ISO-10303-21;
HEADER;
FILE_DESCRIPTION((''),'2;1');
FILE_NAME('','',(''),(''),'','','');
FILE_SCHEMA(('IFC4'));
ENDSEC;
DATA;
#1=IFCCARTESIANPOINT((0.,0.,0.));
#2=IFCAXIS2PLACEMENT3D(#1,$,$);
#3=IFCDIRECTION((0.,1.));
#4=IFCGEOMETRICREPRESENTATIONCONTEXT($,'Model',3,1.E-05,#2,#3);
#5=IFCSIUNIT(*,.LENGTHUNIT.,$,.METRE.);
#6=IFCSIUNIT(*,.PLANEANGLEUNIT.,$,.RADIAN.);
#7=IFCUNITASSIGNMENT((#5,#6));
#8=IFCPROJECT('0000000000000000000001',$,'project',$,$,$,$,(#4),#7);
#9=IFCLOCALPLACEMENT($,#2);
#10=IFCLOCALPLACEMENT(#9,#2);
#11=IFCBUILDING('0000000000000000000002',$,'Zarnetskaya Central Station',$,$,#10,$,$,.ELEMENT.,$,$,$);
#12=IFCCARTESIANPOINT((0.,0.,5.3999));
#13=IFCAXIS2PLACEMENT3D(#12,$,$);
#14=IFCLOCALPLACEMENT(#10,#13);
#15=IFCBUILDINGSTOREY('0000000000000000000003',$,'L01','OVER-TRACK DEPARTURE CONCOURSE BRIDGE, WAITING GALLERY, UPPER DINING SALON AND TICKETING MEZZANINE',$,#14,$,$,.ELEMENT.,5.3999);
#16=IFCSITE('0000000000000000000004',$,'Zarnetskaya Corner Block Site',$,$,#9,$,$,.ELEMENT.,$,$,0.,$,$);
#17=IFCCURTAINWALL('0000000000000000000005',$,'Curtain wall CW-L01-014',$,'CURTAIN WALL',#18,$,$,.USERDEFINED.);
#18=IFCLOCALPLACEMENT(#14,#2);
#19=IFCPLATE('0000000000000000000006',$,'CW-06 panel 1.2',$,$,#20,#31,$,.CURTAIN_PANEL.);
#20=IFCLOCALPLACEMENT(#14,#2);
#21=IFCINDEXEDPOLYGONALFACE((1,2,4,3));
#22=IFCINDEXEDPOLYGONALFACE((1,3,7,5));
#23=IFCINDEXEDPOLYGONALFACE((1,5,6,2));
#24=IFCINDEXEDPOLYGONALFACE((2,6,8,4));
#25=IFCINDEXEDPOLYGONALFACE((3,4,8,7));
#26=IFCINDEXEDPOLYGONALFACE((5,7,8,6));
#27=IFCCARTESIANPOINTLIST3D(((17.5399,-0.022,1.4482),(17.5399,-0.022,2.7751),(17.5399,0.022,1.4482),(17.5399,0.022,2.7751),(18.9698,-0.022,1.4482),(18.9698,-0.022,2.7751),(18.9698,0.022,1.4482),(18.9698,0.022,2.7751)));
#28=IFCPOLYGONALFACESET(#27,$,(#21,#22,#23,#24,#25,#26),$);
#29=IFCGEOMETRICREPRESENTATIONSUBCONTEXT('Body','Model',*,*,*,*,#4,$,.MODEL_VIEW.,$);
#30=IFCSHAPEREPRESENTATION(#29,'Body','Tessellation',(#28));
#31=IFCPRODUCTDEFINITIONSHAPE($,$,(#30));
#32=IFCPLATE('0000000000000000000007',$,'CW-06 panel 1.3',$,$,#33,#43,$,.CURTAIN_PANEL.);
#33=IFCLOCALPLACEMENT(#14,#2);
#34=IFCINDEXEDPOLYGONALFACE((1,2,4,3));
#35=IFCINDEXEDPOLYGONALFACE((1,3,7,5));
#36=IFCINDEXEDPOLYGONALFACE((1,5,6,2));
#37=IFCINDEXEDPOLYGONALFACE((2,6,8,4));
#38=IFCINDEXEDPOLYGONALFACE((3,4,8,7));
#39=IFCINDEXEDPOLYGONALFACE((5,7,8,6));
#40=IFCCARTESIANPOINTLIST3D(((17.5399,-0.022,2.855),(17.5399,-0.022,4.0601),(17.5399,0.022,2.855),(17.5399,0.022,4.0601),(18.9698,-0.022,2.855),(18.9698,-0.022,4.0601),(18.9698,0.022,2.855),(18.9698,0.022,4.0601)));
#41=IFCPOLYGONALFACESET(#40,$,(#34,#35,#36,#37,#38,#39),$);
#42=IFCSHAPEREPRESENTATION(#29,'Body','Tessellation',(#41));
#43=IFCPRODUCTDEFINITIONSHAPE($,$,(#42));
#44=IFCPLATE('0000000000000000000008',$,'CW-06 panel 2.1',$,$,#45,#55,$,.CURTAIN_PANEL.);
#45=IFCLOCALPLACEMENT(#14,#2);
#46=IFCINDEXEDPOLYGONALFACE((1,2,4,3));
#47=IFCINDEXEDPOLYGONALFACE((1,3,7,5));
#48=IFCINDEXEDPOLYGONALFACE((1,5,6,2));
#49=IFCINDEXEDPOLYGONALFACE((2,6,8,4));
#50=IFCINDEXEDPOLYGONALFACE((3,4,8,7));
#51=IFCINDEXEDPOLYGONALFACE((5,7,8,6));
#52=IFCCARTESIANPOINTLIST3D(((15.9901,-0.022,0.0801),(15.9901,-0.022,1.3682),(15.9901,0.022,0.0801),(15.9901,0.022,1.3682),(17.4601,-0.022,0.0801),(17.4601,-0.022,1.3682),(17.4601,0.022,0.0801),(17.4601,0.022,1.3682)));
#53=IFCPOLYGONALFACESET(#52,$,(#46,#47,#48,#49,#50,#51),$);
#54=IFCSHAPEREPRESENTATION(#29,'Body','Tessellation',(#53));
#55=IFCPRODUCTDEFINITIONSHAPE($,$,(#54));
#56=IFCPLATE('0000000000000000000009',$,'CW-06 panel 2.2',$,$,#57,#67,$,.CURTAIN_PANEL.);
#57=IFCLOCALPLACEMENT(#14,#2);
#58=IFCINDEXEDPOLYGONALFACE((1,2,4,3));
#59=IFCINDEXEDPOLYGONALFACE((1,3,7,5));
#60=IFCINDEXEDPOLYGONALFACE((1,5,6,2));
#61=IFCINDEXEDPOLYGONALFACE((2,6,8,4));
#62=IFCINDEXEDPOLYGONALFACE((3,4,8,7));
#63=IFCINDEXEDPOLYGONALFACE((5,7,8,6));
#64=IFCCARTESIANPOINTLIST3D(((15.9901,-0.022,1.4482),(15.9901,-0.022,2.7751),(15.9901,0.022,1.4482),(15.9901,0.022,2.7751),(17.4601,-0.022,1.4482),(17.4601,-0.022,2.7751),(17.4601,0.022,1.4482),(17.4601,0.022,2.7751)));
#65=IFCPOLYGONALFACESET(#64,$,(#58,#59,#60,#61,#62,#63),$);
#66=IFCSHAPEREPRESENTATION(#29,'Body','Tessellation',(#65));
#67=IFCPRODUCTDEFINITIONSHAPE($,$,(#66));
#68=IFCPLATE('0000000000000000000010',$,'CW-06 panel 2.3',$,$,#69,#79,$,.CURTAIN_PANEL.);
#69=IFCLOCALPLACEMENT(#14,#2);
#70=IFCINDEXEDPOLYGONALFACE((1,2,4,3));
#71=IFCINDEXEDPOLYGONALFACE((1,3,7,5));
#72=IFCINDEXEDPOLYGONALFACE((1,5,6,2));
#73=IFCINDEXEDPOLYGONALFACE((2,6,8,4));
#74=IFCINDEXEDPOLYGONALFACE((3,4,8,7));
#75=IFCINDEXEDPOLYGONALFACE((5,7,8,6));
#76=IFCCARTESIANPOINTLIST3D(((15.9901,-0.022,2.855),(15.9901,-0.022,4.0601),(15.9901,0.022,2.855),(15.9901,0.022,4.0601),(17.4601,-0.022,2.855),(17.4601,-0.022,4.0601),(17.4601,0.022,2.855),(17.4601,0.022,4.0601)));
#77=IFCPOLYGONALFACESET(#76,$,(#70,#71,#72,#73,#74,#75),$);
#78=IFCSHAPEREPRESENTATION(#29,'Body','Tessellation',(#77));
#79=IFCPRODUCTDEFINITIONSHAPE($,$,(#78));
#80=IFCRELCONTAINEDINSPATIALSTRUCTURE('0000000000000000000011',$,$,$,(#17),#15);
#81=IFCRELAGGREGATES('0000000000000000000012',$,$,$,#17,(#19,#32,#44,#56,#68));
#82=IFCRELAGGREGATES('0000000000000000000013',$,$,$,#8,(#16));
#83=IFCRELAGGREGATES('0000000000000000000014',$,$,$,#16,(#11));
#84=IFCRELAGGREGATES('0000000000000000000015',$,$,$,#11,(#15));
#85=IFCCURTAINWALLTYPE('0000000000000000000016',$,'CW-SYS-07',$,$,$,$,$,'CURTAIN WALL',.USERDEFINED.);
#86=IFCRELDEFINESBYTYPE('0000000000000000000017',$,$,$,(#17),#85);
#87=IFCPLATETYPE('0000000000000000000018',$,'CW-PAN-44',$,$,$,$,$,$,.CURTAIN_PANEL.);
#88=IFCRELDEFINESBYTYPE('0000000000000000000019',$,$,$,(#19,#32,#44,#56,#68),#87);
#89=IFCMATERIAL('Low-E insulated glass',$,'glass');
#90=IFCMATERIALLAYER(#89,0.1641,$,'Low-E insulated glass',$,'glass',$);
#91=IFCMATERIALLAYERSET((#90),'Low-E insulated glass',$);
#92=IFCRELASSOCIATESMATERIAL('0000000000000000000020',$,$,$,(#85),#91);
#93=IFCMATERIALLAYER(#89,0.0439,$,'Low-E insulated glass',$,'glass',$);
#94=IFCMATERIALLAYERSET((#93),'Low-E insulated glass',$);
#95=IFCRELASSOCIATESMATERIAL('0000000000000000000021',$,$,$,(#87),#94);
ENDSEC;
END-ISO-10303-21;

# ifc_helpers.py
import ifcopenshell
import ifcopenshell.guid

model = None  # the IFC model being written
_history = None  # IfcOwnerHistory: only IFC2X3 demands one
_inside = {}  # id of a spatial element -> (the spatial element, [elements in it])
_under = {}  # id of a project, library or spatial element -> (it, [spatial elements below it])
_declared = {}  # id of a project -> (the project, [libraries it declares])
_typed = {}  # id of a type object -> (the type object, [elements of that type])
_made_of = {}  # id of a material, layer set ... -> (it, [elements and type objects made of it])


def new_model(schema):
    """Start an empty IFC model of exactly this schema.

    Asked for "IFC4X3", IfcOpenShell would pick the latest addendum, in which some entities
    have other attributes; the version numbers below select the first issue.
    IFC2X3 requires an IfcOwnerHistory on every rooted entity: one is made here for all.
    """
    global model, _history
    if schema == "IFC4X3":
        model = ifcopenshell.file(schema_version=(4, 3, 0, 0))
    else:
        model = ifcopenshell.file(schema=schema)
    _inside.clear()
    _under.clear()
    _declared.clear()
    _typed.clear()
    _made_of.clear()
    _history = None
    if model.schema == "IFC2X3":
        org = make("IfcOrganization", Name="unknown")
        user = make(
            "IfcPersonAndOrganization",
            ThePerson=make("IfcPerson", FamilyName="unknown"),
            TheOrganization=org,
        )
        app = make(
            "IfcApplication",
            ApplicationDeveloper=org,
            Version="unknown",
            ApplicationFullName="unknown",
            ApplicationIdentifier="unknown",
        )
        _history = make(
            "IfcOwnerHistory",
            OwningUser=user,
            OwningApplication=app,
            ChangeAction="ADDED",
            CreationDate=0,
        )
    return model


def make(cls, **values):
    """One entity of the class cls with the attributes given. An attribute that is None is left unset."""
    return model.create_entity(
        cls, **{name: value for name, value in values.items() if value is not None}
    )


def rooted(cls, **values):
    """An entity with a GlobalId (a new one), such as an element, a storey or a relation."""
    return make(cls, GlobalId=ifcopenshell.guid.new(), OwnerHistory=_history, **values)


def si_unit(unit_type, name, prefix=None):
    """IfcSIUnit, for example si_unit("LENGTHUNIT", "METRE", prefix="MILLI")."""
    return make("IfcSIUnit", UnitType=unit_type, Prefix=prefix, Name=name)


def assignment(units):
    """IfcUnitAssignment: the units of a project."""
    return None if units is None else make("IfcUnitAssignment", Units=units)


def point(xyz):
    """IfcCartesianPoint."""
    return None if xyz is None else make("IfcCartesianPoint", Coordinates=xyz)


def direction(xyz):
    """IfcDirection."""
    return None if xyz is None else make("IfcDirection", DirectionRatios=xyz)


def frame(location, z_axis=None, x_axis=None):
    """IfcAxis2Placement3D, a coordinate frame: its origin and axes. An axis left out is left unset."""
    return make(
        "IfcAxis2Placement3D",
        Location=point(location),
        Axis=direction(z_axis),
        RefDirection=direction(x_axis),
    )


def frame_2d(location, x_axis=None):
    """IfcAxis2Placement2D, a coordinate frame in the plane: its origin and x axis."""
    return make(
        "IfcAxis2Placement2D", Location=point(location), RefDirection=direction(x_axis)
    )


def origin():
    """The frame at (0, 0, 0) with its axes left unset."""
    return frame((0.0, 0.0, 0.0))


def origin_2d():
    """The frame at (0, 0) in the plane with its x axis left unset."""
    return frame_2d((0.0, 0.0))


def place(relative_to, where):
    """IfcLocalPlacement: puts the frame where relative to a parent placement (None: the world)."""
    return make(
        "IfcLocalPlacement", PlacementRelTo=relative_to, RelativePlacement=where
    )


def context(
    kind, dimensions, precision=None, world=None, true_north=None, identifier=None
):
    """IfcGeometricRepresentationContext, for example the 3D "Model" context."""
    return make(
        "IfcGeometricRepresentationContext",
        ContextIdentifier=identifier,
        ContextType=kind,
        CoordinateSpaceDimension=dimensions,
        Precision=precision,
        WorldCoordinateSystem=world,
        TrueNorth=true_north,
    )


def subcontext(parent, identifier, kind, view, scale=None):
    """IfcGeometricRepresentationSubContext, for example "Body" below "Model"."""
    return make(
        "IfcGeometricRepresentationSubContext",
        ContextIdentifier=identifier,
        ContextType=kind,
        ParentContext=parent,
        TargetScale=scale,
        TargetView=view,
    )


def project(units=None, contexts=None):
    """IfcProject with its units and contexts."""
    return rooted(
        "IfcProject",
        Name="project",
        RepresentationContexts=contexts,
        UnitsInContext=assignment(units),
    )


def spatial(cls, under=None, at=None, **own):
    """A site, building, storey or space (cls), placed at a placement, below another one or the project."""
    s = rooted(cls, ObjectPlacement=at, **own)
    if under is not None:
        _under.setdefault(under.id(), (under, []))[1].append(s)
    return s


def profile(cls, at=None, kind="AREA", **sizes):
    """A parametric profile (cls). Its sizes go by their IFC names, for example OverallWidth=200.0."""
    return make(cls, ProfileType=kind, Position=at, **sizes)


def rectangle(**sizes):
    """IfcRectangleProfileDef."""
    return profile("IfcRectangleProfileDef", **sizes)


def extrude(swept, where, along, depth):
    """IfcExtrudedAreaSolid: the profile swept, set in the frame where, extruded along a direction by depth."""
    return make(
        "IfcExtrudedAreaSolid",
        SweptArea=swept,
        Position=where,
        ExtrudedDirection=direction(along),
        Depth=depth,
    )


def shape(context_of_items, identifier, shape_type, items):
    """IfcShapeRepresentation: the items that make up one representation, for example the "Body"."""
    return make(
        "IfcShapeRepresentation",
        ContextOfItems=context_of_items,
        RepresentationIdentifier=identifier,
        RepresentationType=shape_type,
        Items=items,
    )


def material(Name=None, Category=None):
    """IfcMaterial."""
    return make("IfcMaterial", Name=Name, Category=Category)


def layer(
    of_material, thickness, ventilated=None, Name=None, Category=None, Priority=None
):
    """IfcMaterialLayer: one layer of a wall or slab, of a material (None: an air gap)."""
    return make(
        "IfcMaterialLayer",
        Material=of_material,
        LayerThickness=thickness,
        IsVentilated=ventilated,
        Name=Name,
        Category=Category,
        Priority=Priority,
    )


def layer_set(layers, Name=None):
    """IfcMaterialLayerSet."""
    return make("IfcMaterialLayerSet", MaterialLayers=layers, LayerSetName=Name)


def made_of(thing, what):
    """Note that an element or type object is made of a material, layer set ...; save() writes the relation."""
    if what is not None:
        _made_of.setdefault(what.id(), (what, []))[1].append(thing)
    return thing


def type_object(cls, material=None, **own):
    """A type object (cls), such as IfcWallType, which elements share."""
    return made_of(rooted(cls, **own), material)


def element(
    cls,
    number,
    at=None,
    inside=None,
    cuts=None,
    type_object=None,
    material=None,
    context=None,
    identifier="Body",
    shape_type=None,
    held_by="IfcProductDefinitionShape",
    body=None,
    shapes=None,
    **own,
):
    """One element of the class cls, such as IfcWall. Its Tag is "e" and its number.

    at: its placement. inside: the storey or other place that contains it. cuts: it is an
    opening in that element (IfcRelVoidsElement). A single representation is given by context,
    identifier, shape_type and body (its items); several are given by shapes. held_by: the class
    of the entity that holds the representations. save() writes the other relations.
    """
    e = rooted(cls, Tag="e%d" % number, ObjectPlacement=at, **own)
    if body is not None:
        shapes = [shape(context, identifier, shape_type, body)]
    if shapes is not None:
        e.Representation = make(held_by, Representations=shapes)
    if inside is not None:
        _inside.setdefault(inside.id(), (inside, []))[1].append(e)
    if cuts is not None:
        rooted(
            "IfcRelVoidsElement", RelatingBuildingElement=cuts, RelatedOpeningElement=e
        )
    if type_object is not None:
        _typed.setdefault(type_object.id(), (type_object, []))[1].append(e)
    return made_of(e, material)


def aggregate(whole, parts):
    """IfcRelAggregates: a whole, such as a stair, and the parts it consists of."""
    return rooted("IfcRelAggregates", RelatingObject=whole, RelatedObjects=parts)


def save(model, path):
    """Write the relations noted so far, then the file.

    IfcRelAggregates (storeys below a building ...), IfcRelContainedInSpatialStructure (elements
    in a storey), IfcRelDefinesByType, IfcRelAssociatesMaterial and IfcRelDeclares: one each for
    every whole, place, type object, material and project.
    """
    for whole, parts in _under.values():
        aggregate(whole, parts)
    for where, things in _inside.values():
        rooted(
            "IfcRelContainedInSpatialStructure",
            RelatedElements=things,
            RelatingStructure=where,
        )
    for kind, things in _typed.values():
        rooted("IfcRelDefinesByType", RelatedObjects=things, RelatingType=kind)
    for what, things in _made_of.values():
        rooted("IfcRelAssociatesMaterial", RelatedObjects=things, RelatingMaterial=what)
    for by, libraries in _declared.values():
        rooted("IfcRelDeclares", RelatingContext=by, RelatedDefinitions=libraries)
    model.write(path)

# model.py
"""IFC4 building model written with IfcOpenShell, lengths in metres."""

from ifc_helpers import new_model, si_unit, direction, frame, origin, origin_2d, place, context, subcontext, project, spatial, rectangle, extrude, material, layer, layer_set, type_object, element, aggregate, save


model = new_model("IFC4")

# Units and contexts
model_context = context("Model", 3, precision=1e-05, world=origin(), true_north=direction((0.0, 1.0)))
body_context = subcontext(model_context, "Body", "Model", "MODEL_VIEW")
ifc_project = project(units=[si_unit("LENGTHUNIT", "METRE"), si_unit("PLANEANGLEUNIT", "RADIAN")], contexts=[model_context])

# Site, building, storey
site_placement = place(None, origin())
site = spatial("IfcSite", under=ifc_project, at=site_placement, Name="Zarnetskaya Corner Block Site", CompositionType="ELEMENT", RefElevation=0.0)
building_placement = place(site_placement, origin())
building = spatial("IfcBuilding", under=site, at=building_placement, Name="Zarnetskaya Central Station", CompositionType="ELEMENT")
storey_placement = place(building_placement, frame((0.0, 0.0, 5.3999)))
storey = spatial("IfcBuildingStorey", under=building, at=storey_placement, Name="L01", Description="OVER-TRACK DEPARTURE CONCOURSE BRIDGE, WAITING GALLERY, UPPER DINING SALON AND TICKETING MEZZANINE", CompositionType="ELEMENT", Elevation=5.3999)

# Curtain wall, plates
ifc_material_1 = material(Name="Low-E insulated glass", Category="glass")
ifc_layer_1 = layer(ifc_material_1, 0.1641, Name="Low-E insulated glass", Category="glass")
ifc_layer_set_1 = layer_set([ifc_layer_1], Name="Low-E insulated glass")
curtain_wall_type = type_object("IfcCurtainWallType", Name="CW-SYS-07", ElementType="CURTAIN WALL", PredefinedType="USERDEFINED", material=ifc_layer_set_1)
curtain_wall_placement = place(storey_placement, origin())
curtain_wall = element("IfcCurtainWall", 1, at=curtain_wall_placement, inside=storey, type_object=curtain_wall_type, Name="Curtain wall CW-L01-014", ObjectType="CURTAIN WALL", PredefinedType="USERDEFINED")
ifc_layer_2 = layer(ifc_material_1, 0.0439, Name="Low-E insulated glass", Category="glass")
ifc_layer_set_2 = layer_set([ifc_layer_2], Name="Low-E insulated glass")
plate_type = type_object("IfcPlateType", Name="CW-PAN-44", PredefinedType="CURTAIN_PANEL", material=ifc_layer_set_2)
plate_1_placement = place(storey_placement, frame((18.2549, 0.0, 1.4482), z_axis=(0.0, 0.0, 1.0), x_axis=(-1.0, 0.0, 0.0)))
plate_1 = element("IfcPlate", 2, at=plate_1_placement, type_object=plate_type, Name="CW-06 panel 1.2", PredefinedType="CURTAIN_PANEL", context=body_context, shape_type="SweptSolid", body=[
    extrude(rectangle(XDim=1.4299, YDim=0.0439, at=origin_2d()), origin(), (0.0, 0.0, 1.0), 1.3269),
])
plate_2_placement = place(storey_placement, frame((18.2549, 0.0, 2.855), z_axis=(0.0, 0.0, 1.0), x_axis=(-1.0, 0.0, 0.0)))
plate_2 = element("IfcPlate", 3, at=plate_2_placement, type_object=plate_type, Name="CW-06 panel 1.3", PredefinedType="CURTAIN_PANEL", context=body_context, shape_type="SweptSolid", body=[
    extrude(rectangle(XDim=1.4299, YDim=0.0439, at=origin_2d()), origin(), (0.0, 0.0, 1.0), 1.2051),
])
plate_3_placement = place(storey_placement, frame((16.7251, 0.0, 0.0801), z_axis=(0.0, 0.0, 1.0), x_axis=(-1.0, 0.0, 0.0)))
plate_3 = element("IfcPlate", 4, at=plate_3_placement, type_object=plate_type, Name="CW-06 panel 2.1", PredefinedType="CURTAIN_PANEL", context=body_context, shape_type="SweptSolid", body=[
    extrude(rectangle(XDim=1.47, YDim=0.0439, at=origin_2d()), origin(), (0.0, 0.0, 1.0), 1.2881),
])
plate_4_placement = place(storey_placement, frame((16.7251, 0.0, 1.4482), z_axis=(0.0, 0.0, 1.0), x_axis=(-1.0, 0.0, 0.0)))
plate_4 = element("IfcPlate", 5, at=plate_4_placement, type_object=plate_type, Name="CW-06 panel 2.2", PredefinedType="CURTAIN_PANEL", context=body_context, shape_type="SweptSolid", body=[
    extrude(rectangle(XDim=1.47, YDim=0.0439, at=origin_2d()), origin(), (0.0, 0.0, 1.0), 1.3269),
])
plate_5_placement = place(storey_placement, frame((16.7251, 0.0, 2.855), z_axis=(0.0, 0.0, 1.0), x_axis=(-1.0, 0.0, 0.0)))
plate_5 = element("IfcPlate", 6, at=plate_5_placement, type_object=plate_type, Name="CW-06 panel 2.3", PredefinedType="CURTAIN_PANEL", context=body_context, shape_type="SweptSolid", body=[
    extrude(rectangle(XDim=1.47, YDim=0.0439, at=origin_2d()), origin(), (0.0, 0.0, 1.0), 1.2051),
])
aggregate(curtain_wall, [plate_1, plate_2, plate_3, plate_4, plate_5])

save(model, "model.ifc")
